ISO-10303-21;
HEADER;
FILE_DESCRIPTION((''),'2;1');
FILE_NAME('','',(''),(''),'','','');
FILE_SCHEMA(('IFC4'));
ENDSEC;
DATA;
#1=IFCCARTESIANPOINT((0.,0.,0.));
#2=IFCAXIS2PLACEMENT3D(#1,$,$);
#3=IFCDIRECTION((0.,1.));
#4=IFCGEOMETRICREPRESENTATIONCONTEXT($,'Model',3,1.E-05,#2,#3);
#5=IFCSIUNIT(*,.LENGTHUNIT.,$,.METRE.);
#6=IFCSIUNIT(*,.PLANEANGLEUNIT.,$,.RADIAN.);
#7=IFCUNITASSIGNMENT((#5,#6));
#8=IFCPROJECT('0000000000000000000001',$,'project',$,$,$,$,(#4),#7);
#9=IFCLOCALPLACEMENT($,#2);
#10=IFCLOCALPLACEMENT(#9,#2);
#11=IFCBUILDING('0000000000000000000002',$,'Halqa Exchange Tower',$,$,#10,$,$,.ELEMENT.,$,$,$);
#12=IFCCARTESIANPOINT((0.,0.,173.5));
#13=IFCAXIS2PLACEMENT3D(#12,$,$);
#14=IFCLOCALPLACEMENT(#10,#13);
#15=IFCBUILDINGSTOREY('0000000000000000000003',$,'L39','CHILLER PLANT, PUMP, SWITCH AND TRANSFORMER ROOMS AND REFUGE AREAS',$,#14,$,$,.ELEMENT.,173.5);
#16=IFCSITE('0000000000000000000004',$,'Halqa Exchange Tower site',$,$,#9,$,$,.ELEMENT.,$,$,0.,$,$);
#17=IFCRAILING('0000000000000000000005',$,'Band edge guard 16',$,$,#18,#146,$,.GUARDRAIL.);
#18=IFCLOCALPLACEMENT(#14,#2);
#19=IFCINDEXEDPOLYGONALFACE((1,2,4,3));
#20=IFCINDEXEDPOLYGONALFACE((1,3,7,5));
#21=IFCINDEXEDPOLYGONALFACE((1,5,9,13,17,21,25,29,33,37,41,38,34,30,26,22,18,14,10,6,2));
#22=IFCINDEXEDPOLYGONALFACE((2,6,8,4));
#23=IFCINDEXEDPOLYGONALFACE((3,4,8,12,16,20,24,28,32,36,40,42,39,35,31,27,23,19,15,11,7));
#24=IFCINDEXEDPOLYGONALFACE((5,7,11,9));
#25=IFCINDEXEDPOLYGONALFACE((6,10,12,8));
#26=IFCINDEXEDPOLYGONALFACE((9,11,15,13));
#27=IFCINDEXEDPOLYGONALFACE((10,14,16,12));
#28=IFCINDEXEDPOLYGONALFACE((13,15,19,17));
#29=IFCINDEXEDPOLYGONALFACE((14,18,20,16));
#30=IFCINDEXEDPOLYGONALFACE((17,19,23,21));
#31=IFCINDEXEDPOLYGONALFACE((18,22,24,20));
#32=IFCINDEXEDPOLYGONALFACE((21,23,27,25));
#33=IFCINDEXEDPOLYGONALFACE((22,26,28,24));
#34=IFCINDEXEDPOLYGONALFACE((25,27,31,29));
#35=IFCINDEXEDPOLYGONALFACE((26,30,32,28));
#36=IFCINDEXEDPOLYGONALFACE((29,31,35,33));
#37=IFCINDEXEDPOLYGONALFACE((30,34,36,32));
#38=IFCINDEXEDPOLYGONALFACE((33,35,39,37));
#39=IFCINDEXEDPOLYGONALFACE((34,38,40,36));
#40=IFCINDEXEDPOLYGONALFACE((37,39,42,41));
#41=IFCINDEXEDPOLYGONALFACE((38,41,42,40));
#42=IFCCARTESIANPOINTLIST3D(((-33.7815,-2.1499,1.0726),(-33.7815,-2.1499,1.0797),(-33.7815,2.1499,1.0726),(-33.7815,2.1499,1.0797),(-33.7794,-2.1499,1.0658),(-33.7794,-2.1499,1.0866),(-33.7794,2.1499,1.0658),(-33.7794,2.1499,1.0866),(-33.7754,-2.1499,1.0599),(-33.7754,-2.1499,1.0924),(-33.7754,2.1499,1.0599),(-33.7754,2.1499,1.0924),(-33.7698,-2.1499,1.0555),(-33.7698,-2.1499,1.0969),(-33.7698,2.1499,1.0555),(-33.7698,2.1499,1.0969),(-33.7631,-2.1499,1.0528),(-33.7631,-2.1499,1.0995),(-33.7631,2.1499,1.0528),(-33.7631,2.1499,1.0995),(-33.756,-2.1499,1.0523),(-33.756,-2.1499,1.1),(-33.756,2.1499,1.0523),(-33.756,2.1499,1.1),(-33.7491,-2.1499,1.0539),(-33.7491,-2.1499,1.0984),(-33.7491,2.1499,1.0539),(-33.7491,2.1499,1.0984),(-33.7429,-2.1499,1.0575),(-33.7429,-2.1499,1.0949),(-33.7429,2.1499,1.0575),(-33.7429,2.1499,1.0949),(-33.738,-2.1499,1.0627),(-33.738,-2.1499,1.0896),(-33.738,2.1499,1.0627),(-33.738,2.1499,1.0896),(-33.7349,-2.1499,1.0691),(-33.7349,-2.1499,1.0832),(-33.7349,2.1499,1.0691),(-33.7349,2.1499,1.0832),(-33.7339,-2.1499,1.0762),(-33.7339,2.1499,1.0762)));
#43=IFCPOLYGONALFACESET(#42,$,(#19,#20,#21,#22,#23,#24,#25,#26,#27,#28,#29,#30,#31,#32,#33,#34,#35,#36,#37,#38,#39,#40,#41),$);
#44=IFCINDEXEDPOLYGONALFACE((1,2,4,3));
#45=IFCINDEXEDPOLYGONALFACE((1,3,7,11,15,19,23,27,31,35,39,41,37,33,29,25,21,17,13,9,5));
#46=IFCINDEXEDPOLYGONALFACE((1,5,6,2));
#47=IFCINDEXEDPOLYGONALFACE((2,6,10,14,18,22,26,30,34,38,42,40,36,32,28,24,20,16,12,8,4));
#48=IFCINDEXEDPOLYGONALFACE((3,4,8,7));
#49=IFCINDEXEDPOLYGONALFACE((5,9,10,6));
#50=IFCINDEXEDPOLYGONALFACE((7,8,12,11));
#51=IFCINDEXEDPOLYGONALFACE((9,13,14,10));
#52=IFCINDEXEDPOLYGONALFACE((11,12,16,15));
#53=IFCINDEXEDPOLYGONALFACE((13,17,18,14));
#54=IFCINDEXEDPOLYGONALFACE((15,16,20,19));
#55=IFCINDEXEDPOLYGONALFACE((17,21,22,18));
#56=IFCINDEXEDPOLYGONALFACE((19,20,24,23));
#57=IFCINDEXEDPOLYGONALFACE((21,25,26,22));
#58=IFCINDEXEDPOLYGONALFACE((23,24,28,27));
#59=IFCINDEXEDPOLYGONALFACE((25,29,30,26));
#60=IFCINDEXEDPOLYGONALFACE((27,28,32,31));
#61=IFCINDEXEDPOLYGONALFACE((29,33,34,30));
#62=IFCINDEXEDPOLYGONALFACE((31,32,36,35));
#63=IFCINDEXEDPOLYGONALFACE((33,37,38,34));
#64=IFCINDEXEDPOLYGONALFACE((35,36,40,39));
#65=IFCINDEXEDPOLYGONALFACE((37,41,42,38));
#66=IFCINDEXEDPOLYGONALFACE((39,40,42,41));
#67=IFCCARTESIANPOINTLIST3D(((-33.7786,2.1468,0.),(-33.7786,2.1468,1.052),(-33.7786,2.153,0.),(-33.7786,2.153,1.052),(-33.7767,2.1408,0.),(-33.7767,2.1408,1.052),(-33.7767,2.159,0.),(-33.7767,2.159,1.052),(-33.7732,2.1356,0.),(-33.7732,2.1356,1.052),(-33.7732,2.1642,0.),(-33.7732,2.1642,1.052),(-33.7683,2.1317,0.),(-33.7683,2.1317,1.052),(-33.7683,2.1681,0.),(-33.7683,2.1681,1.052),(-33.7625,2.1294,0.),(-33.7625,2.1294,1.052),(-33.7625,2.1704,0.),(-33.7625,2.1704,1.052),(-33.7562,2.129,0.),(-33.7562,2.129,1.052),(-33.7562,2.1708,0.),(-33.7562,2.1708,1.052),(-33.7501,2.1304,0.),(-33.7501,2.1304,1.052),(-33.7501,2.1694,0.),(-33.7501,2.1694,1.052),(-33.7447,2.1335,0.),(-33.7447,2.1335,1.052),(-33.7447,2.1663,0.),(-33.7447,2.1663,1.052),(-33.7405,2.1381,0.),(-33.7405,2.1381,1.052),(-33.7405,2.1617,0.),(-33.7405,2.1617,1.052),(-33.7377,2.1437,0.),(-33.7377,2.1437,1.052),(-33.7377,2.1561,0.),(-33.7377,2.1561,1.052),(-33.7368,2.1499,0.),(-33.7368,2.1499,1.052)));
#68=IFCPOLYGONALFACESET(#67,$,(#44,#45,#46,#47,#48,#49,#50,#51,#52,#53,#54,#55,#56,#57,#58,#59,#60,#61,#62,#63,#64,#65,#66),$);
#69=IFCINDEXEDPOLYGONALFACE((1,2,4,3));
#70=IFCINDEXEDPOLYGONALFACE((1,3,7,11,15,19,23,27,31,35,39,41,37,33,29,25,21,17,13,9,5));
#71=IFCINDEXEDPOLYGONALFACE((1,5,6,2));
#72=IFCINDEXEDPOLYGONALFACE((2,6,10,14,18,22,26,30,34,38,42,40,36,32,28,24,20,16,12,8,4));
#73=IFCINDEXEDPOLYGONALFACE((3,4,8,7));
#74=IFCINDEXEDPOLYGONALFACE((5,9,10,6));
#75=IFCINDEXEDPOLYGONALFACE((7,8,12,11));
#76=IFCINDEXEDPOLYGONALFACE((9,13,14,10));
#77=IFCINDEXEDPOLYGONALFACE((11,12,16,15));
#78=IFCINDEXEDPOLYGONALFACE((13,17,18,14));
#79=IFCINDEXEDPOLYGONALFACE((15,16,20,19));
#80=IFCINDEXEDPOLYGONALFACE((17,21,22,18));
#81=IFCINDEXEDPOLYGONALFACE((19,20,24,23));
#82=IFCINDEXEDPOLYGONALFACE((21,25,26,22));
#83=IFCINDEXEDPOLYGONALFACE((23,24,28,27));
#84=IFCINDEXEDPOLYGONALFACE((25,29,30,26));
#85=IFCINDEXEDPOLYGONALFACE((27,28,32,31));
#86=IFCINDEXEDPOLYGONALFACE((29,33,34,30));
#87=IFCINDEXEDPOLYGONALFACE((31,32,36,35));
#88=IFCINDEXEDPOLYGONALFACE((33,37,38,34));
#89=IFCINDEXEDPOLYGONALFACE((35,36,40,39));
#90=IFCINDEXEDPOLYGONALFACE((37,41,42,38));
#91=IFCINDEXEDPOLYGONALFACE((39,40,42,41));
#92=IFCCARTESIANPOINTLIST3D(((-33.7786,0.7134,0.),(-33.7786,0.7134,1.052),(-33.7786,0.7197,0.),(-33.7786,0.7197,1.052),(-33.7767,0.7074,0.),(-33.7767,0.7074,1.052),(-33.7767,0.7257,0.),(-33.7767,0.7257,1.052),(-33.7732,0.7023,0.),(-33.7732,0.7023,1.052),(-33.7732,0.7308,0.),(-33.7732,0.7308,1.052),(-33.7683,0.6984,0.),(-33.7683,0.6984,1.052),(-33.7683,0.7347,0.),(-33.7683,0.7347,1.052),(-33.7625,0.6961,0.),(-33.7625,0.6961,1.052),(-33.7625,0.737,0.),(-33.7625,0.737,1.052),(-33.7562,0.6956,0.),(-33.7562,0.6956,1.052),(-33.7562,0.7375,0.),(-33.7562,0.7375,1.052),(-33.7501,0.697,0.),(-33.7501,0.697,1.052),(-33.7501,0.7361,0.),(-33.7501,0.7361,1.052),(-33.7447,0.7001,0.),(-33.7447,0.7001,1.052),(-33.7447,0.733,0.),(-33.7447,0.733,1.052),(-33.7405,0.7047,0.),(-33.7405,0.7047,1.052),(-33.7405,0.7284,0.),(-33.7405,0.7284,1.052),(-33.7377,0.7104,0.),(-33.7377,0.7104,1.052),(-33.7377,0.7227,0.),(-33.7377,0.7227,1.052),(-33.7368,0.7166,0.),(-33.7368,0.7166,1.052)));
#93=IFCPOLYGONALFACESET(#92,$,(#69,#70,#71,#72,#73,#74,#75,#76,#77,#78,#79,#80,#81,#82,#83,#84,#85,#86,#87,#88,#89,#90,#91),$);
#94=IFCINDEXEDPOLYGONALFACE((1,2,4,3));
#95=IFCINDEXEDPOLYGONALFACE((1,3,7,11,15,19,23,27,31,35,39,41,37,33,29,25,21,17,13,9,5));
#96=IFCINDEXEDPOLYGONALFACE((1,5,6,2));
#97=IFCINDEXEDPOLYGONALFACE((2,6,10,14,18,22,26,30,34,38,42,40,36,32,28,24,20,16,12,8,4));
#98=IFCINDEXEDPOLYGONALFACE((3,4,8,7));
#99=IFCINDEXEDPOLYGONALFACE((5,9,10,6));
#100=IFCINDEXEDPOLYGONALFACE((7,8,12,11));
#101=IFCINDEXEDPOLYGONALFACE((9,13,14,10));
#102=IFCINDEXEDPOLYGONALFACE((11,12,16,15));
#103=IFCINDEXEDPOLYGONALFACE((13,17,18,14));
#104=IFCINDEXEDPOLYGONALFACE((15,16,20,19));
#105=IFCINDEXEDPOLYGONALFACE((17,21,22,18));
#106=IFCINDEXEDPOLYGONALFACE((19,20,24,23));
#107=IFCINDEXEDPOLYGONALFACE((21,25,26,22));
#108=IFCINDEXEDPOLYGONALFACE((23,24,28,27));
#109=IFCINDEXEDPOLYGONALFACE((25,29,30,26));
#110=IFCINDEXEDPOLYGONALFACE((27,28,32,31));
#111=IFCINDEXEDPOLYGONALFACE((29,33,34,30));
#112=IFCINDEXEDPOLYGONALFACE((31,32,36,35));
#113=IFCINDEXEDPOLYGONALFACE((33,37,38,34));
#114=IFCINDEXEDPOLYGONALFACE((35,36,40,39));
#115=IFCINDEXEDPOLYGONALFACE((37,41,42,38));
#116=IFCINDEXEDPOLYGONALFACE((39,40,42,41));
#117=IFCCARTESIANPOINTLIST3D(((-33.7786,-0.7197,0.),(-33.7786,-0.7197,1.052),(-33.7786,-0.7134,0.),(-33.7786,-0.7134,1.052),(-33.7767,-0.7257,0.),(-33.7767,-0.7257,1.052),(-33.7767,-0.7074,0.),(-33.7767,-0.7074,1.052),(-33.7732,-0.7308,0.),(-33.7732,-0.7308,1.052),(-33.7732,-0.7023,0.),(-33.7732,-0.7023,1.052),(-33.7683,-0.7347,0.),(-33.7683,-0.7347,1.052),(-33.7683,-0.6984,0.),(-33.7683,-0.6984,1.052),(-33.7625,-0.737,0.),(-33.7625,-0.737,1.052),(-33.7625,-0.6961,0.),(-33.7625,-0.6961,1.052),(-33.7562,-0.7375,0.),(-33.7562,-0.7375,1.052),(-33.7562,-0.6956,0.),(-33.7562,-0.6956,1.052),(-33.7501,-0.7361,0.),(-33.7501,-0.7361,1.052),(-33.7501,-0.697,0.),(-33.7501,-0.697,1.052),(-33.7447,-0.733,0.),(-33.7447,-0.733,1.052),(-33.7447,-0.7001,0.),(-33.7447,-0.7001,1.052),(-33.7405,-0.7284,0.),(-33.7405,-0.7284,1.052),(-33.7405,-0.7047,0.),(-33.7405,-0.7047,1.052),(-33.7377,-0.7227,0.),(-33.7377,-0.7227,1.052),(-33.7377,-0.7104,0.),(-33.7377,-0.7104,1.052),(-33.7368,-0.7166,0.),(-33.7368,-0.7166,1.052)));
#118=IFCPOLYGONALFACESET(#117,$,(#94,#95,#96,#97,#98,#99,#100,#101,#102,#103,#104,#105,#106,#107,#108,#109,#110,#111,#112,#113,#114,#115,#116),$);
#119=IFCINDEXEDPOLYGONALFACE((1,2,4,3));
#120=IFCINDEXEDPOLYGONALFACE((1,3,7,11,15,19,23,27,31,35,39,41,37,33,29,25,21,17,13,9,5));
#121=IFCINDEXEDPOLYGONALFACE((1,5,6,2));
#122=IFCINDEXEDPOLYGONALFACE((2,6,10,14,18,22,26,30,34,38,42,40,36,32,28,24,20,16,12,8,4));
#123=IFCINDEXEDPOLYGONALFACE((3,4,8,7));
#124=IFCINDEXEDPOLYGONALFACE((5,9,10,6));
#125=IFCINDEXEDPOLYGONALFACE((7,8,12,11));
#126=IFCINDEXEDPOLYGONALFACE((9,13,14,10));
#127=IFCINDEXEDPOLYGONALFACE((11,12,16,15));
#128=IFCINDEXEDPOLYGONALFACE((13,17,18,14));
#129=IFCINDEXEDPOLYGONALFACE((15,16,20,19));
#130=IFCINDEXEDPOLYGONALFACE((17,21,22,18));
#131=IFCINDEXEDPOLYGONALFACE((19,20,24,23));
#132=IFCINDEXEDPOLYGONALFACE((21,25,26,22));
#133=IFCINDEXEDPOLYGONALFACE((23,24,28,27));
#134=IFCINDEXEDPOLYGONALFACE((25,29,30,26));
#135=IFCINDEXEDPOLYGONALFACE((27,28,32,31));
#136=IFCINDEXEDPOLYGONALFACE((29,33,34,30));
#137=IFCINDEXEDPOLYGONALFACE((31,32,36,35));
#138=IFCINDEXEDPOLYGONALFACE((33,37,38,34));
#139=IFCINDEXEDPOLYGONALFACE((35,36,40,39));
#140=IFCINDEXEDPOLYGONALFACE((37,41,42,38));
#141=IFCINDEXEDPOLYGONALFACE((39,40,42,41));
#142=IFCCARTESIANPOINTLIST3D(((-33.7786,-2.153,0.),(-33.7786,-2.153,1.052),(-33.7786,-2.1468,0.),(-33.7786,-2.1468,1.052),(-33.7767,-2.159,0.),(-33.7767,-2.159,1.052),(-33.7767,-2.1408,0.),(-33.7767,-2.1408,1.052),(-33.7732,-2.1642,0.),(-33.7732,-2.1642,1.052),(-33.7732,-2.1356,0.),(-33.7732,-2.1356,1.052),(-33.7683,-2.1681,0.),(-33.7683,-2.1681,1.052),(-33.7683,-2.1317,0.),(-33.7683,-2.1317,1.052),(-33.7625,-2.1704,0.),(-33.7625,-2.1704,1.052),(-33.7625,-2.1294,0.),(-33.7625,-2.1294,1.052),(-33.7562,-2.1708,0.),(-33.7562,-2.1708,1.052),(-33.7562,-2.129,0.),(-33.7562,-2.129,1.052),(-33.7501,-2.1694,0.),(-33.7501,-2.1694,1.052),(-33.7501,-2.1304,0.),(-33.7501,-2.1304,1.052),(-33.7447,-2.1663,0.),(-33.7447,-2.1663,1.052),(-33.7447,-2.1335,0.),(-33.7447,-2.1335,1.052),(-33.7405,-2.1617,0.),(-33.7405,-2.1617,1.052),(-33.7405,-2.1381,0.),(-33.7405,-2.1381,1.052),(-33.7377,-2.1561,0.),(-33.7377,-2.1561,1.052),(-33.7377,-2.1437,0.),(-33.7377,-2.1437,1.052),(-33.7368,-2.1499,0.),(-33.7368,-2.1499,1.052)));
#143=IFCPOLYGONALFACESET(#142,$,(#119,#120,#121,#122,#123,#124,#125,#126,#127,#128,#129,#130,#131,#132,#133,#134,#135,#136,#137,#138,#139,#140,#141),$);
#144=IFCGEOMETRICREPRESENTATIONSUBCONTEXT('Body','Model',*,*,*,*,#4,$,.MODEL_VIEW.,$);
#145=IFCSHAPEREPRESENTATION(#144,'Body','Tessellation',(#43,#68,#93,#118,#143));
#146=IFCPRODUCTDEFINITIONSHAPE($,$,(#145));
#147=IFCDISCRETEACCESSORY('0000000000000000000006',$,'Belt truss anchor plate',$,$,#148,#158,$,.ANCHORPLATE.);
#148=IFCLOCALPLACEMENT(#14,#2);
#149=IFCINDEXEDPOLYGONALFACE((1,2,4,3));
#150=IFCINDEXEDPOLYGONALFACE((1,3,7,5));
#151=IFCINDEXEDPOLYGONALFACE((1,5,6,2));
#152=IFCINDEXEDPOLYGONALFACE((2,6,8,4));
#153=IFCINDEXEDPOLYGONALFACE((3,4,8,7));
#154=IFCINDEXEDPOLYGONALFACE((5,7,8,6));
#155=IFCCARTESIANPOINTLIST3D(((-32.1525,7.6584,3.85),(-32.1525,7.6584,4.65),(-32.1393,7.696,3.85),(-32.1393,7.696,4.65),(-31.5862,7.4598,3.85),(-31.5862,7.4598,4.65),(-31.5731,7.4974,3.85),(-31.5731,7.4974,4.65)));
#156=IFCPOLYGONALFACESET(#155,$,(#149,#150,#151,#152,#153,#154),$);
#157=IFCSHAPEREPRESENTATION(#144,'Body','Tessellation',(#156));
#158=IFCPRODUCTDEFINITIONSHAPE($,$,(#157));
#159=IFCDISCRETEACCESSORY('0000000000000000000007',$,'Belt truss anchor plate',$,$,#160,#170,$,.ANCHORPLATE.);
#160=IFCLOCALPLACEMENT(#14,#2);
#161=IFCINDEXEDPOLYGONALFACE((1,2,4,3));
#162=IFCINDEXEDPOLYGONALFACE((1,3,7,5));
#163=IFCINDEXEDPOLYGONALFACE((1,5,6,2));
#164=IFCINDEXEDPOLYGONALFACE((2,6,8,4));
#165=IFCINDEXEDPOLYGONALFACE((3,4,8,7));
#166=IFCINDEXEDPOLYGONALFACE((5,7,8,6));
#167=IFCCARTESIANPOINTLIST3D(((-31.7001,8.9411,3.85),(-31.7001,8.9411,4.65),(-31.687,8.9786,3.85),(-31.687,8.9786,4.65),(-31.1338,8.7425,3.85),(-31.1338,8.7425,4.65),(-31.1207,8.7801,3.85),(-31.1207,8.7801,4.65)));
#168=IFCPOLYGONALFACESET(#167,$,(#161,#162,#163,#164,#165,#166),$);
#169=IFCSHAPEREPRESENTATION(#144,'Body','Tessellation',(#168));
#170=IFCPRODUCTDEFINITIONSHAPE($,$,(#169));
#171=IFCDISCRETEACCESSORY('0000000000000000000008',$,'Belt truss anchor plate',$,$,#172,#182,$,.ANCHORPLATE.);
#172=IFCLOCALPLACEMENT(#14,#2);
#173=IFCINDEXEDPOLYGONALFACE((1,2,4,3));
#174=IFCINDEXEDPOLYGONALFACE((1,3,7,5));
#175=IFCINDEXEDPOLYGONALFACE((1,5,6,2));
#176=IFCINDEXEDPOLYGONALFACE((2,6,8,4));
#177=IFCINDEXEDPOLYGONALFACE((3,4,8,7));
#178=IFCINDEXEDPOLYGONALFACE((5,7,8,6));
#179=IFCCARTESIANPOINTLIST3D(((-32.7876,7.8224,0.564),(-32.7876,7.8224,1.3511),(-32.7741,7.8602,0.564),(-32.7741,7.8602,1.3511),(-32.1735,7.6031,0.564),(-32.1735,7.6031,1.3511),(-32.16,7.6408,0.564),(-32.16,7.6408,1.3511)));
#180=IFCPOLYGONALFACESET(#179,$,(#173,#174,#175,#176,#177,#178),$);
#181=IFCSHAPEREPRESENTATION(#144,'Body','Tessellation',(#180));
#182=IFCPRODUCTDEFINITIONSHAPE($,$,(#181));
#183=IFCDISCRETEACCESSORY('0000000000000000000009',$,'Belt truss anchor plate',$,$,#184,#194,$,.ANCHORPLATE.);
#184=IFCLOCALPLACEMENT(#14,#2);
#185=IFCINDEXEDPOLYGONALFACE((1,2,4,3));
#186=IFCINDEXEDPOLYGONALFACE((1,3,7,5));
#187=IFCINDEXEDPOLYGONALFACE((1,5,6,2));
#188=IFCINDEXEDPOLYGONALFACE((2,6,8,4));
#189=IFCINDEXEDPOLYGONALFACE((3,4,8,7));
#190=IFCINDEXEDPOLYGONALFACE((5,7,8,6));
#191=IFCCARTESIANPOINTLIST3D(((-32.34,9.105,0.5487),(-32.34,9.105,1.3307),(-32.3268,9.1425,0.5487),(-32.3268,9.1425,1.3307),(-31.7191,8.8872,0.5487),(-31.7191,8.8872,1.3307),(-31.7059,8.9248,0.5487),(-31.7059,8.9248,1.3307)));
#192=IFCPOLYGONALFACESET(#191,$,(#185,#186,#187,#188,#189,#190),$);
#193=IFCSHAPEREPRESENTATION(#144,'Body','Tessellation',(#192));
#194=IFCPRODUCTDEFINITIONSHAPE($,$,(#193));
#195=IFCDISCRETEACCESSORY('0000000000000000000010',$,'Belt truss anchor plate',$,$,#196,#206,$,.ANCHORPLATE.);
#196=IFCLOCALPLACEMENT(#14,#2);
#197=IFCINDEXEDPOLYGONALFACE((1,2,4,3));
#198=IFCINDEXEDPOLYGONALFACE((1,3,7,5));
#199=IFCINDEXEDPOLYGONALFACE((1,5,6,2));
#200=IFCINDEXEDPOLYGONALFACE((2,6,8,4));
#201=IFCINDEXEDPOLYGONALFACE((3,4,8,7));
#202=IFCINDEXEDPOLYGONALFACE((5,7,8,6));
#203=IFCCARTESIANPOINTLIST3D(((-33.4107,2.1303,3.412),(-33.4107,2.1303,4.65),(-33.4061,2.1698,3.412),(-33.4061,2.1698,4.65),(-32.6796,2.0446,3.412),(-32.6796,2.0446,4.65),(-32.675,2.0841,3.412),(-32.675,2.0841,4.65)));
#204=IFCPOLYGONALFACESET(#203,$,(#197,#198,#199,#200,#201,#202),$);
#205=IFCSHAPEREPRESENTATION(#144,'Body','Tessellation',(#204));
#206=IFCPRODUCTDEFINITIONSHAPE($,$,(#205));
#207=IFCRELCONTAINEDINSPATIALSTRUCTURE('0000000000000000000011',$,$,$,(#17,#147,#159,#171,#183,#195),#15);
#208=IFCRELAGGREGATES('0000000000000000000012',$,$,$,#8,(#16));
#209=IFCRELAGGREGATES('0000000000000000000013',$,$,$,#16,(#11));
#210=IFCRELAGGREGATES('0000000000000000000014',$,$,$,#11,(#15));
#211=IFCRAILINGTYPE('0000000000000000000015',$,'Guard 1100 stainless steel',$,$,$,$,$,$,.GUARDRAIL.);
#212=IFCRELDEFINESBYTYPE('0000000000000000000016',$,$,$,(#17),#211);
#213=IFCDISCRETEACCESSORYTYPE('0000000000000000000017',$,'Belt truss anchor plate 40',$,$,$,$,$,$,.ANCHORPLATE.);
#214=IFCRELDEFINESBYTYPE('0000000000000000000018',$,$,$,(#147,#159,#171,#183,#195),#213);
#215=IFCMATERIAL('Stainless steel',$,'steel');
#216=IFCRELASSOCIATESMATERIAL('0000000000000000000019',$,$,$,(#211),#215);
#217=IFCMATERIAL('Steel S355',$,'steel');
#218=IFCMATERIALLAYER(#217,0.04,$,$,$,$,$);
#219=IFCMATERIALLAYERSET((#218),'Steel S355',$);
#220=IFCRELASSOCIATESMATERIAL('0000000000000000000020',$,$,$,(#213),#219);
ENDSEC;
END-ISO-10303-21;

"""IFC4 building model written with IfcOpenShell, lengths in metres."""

from ifc_helpers import new_model, si_unit, direction, frame, origin, origin_2d, place, context, subcontext, project, spatial, rectangle, circle, extrude, material, layer, layer_set, type_object, element, save


model = new_model("IFC4")

# Units and contexts
model_context = context("Model", 3, precision=1e-05, world=origin(), true_north=direction((0.0, 1.0)))
body_context = subcontext(model_context, "Body", "Model", "MODEL_VIEW")
ifc_project = project(units=[si_unit("LENGTHUNIT", "METRE"), si_unit("PLANEANGLEUNIT", "RADIAN")], contexts=[model_context])

# Site, building, storey
site_placement = place(None, origin())
site = spatial("IfcSite", under=ifc_project, at=site_placement, Name="Halqa Exchange Tower site", CompositionType="ELEMENT", RefElevation=0.0)
building_placement = place(site_placement, origin())
building = spatial("IfcBuilding", under=site, at=building_placement, Name="Halqa Exchange Tower", CompositionType="ELEMENT")
storey_placement = place(building_placement, frame((0.0, 0.0, 173.5)))
storey = spatial("IfcBuildingStorey", under=building, at=storey_placement, Name="L39", Description="CHILLER PLANT, PUMP, SWITCH AND TRANSFORMER ROOMS AND REFUGE AREAS", CompositionType="ELEMENT", Elevation=173.5)

# Shared definitions
ifc_material_1 = material(Name="Steel S355", Category="steel")

# Railing
ifc_material_2 = material(Name="Stainless steel", Category="steel")
railing_type = type_object("IfcRailingType", Name="Guard 1100 stainless steel", PredefinedType="GUARDRAIL", material=ifc_material_2)
railing_1_placement = place(storey_placement, frame((-33.7578, 2.1499, 0.0)))
element("IfcRailing", 1, at=railing_1_placement, inside=storey, type_object=railing_type, Name="Band edge guard 16", PredefinedType="GUARDRAIL", context=body_context, shape_type="SweptSolid", body=[
    extrude(circle(Radius=0.0239, at=origin_2d()), frame((0.0, 0.0, 1.0762), z_axis=(0.0, -1.0, 0.0), x_axis=(1.0, 0.0, 0.0)), (0.0, 0.0, 1.0), 4.2998),
    extrude(circle(Radius=0.021, at=origin_2d()), origin(), (0.0, 0.0, 1.0), 1.052),
    extrude(circle(Radius=0.021, at=origin_2d()), frame((0.0, -1.4333, 0.0)), (0.0, 0.0, 1.0), 1.052),
    extrude(circle(Radius=0.021, at=origin_2d()), frame((0.0, -2.8665, 0.0)), (0.0, 0.0, 1.0), 1.052),
    extrude(circle(Radius=0.021, at=origin_2d()), frame((0.0, -4.2998, 0.0)), (0.0, 0.0, 1.0), 1.052),
])

# Discrete accessories
ifc_layer_1 = layer(ifc_material_1, 0.04)
ifc_layer_set_1 = layer_set([ifc_layer_1], Name="Steel S355")
discrete_accessory_type = type_object("IfcDiscreteAccessoryType", Name="Belt truss anchor plate 40", PredefinedType="ANCHORPLATE", material=ifc_layer_set_1)
for number, where, z_axis, x_axis, name in (
    (2, (-31.8562, 7.5967, 4.25), (-0.330896, -0.943667, 0.0), (0.943667, -0.330896, 0.0), "Belt truss anchor plate"),
    (3, (-31.417, 8.8418, 4.25), (0.330896, 0.943667, 0.0), (-0.943667, 0.330896, 0.0), "Belt truss anchor plate"),
):
    element("IfcDiscreteAccessory", number, at=place(storey_placement, frame(where, z_axis=z_axis, x_axis=x_axis)), inside=storey, type_object=discrete_accessory_type, Name=name, PredefinedType="ANCHORPLATE", context=body_context, shape_type="SweptSolid", body=[
        extrude(rectangle(XDim=0.6001, YDim=0.8, at=origin_2d()), origin(), (0.0, 0.0, 1.0), 0.0398),
    ])
discrete_accessory_1_placement = place(storey_placement, frame((-32.467, 7.7505, 0.9575), z_axis=(-0.336336, -0.941742, 0.0), x_axis=(0.941742, -0.336336, 0.0)))
element("IfcDiscreteAccessory", 4, at=discrete_accessory_1_placement, inside=storey, type_object=discrete_accessory_type, Name="Belt truss anchor plate", PredefinedType="ANCHORPLATE", context=body_context, shape_type="SweptSolid", body=[
    extrude(rectangle(XDim=0.6521, YDim=0.7871, at=origin_2d()), origin(), (0.0, 0.0, 1.0), 0.04),
])
discrete_accessory_2_placement = place(storey_placement, frame((-32.0295, 8.9961, 0.9397), z_axis=(0.330896, 0.943667, 0.0), x_axis=(-0.943667, 0.330896, 0.0)))
element("IfcDiscreteAccessory", 5, at=discrete_accessory_2_placement, inside=storey, type_object=discrete_accessory_type, Name="Belt truss anchor plate", PredefinedType="ANCHORPLATE", context=body_context, shape_type="SweptSolid", body=[
    extrude(rectangle(XDim=0.658, YDim=0.782, at=origin_2d()), origin(), (0.0, 0.0, 1.0), 0.0398),
])
discrete_accessory_3_placement = place(storey_placement, frame((-33.0405, 2.127, 4.031), z_axis=(-0.116486, -0.993192, 0.0), x_axis=(0.993192, -0.116486, 0.0)))
element("IfcDiscreteAccessory", 6, at=discrete_accessory_3_placement, inside=storey, type_object=discrete_accessory_type, Name="Belt truss anchor plate", PredefinedType="ANCHORPLATE", context=body_context, shape_type="SweptSolid", body=[
    extrude(rectangle(XDim=0.7361, YDim=1.238, at=origin_2d()), origin(), (0.0, 0.0, 1.0), 0.0398),
])

save(model, "model.ifc")
